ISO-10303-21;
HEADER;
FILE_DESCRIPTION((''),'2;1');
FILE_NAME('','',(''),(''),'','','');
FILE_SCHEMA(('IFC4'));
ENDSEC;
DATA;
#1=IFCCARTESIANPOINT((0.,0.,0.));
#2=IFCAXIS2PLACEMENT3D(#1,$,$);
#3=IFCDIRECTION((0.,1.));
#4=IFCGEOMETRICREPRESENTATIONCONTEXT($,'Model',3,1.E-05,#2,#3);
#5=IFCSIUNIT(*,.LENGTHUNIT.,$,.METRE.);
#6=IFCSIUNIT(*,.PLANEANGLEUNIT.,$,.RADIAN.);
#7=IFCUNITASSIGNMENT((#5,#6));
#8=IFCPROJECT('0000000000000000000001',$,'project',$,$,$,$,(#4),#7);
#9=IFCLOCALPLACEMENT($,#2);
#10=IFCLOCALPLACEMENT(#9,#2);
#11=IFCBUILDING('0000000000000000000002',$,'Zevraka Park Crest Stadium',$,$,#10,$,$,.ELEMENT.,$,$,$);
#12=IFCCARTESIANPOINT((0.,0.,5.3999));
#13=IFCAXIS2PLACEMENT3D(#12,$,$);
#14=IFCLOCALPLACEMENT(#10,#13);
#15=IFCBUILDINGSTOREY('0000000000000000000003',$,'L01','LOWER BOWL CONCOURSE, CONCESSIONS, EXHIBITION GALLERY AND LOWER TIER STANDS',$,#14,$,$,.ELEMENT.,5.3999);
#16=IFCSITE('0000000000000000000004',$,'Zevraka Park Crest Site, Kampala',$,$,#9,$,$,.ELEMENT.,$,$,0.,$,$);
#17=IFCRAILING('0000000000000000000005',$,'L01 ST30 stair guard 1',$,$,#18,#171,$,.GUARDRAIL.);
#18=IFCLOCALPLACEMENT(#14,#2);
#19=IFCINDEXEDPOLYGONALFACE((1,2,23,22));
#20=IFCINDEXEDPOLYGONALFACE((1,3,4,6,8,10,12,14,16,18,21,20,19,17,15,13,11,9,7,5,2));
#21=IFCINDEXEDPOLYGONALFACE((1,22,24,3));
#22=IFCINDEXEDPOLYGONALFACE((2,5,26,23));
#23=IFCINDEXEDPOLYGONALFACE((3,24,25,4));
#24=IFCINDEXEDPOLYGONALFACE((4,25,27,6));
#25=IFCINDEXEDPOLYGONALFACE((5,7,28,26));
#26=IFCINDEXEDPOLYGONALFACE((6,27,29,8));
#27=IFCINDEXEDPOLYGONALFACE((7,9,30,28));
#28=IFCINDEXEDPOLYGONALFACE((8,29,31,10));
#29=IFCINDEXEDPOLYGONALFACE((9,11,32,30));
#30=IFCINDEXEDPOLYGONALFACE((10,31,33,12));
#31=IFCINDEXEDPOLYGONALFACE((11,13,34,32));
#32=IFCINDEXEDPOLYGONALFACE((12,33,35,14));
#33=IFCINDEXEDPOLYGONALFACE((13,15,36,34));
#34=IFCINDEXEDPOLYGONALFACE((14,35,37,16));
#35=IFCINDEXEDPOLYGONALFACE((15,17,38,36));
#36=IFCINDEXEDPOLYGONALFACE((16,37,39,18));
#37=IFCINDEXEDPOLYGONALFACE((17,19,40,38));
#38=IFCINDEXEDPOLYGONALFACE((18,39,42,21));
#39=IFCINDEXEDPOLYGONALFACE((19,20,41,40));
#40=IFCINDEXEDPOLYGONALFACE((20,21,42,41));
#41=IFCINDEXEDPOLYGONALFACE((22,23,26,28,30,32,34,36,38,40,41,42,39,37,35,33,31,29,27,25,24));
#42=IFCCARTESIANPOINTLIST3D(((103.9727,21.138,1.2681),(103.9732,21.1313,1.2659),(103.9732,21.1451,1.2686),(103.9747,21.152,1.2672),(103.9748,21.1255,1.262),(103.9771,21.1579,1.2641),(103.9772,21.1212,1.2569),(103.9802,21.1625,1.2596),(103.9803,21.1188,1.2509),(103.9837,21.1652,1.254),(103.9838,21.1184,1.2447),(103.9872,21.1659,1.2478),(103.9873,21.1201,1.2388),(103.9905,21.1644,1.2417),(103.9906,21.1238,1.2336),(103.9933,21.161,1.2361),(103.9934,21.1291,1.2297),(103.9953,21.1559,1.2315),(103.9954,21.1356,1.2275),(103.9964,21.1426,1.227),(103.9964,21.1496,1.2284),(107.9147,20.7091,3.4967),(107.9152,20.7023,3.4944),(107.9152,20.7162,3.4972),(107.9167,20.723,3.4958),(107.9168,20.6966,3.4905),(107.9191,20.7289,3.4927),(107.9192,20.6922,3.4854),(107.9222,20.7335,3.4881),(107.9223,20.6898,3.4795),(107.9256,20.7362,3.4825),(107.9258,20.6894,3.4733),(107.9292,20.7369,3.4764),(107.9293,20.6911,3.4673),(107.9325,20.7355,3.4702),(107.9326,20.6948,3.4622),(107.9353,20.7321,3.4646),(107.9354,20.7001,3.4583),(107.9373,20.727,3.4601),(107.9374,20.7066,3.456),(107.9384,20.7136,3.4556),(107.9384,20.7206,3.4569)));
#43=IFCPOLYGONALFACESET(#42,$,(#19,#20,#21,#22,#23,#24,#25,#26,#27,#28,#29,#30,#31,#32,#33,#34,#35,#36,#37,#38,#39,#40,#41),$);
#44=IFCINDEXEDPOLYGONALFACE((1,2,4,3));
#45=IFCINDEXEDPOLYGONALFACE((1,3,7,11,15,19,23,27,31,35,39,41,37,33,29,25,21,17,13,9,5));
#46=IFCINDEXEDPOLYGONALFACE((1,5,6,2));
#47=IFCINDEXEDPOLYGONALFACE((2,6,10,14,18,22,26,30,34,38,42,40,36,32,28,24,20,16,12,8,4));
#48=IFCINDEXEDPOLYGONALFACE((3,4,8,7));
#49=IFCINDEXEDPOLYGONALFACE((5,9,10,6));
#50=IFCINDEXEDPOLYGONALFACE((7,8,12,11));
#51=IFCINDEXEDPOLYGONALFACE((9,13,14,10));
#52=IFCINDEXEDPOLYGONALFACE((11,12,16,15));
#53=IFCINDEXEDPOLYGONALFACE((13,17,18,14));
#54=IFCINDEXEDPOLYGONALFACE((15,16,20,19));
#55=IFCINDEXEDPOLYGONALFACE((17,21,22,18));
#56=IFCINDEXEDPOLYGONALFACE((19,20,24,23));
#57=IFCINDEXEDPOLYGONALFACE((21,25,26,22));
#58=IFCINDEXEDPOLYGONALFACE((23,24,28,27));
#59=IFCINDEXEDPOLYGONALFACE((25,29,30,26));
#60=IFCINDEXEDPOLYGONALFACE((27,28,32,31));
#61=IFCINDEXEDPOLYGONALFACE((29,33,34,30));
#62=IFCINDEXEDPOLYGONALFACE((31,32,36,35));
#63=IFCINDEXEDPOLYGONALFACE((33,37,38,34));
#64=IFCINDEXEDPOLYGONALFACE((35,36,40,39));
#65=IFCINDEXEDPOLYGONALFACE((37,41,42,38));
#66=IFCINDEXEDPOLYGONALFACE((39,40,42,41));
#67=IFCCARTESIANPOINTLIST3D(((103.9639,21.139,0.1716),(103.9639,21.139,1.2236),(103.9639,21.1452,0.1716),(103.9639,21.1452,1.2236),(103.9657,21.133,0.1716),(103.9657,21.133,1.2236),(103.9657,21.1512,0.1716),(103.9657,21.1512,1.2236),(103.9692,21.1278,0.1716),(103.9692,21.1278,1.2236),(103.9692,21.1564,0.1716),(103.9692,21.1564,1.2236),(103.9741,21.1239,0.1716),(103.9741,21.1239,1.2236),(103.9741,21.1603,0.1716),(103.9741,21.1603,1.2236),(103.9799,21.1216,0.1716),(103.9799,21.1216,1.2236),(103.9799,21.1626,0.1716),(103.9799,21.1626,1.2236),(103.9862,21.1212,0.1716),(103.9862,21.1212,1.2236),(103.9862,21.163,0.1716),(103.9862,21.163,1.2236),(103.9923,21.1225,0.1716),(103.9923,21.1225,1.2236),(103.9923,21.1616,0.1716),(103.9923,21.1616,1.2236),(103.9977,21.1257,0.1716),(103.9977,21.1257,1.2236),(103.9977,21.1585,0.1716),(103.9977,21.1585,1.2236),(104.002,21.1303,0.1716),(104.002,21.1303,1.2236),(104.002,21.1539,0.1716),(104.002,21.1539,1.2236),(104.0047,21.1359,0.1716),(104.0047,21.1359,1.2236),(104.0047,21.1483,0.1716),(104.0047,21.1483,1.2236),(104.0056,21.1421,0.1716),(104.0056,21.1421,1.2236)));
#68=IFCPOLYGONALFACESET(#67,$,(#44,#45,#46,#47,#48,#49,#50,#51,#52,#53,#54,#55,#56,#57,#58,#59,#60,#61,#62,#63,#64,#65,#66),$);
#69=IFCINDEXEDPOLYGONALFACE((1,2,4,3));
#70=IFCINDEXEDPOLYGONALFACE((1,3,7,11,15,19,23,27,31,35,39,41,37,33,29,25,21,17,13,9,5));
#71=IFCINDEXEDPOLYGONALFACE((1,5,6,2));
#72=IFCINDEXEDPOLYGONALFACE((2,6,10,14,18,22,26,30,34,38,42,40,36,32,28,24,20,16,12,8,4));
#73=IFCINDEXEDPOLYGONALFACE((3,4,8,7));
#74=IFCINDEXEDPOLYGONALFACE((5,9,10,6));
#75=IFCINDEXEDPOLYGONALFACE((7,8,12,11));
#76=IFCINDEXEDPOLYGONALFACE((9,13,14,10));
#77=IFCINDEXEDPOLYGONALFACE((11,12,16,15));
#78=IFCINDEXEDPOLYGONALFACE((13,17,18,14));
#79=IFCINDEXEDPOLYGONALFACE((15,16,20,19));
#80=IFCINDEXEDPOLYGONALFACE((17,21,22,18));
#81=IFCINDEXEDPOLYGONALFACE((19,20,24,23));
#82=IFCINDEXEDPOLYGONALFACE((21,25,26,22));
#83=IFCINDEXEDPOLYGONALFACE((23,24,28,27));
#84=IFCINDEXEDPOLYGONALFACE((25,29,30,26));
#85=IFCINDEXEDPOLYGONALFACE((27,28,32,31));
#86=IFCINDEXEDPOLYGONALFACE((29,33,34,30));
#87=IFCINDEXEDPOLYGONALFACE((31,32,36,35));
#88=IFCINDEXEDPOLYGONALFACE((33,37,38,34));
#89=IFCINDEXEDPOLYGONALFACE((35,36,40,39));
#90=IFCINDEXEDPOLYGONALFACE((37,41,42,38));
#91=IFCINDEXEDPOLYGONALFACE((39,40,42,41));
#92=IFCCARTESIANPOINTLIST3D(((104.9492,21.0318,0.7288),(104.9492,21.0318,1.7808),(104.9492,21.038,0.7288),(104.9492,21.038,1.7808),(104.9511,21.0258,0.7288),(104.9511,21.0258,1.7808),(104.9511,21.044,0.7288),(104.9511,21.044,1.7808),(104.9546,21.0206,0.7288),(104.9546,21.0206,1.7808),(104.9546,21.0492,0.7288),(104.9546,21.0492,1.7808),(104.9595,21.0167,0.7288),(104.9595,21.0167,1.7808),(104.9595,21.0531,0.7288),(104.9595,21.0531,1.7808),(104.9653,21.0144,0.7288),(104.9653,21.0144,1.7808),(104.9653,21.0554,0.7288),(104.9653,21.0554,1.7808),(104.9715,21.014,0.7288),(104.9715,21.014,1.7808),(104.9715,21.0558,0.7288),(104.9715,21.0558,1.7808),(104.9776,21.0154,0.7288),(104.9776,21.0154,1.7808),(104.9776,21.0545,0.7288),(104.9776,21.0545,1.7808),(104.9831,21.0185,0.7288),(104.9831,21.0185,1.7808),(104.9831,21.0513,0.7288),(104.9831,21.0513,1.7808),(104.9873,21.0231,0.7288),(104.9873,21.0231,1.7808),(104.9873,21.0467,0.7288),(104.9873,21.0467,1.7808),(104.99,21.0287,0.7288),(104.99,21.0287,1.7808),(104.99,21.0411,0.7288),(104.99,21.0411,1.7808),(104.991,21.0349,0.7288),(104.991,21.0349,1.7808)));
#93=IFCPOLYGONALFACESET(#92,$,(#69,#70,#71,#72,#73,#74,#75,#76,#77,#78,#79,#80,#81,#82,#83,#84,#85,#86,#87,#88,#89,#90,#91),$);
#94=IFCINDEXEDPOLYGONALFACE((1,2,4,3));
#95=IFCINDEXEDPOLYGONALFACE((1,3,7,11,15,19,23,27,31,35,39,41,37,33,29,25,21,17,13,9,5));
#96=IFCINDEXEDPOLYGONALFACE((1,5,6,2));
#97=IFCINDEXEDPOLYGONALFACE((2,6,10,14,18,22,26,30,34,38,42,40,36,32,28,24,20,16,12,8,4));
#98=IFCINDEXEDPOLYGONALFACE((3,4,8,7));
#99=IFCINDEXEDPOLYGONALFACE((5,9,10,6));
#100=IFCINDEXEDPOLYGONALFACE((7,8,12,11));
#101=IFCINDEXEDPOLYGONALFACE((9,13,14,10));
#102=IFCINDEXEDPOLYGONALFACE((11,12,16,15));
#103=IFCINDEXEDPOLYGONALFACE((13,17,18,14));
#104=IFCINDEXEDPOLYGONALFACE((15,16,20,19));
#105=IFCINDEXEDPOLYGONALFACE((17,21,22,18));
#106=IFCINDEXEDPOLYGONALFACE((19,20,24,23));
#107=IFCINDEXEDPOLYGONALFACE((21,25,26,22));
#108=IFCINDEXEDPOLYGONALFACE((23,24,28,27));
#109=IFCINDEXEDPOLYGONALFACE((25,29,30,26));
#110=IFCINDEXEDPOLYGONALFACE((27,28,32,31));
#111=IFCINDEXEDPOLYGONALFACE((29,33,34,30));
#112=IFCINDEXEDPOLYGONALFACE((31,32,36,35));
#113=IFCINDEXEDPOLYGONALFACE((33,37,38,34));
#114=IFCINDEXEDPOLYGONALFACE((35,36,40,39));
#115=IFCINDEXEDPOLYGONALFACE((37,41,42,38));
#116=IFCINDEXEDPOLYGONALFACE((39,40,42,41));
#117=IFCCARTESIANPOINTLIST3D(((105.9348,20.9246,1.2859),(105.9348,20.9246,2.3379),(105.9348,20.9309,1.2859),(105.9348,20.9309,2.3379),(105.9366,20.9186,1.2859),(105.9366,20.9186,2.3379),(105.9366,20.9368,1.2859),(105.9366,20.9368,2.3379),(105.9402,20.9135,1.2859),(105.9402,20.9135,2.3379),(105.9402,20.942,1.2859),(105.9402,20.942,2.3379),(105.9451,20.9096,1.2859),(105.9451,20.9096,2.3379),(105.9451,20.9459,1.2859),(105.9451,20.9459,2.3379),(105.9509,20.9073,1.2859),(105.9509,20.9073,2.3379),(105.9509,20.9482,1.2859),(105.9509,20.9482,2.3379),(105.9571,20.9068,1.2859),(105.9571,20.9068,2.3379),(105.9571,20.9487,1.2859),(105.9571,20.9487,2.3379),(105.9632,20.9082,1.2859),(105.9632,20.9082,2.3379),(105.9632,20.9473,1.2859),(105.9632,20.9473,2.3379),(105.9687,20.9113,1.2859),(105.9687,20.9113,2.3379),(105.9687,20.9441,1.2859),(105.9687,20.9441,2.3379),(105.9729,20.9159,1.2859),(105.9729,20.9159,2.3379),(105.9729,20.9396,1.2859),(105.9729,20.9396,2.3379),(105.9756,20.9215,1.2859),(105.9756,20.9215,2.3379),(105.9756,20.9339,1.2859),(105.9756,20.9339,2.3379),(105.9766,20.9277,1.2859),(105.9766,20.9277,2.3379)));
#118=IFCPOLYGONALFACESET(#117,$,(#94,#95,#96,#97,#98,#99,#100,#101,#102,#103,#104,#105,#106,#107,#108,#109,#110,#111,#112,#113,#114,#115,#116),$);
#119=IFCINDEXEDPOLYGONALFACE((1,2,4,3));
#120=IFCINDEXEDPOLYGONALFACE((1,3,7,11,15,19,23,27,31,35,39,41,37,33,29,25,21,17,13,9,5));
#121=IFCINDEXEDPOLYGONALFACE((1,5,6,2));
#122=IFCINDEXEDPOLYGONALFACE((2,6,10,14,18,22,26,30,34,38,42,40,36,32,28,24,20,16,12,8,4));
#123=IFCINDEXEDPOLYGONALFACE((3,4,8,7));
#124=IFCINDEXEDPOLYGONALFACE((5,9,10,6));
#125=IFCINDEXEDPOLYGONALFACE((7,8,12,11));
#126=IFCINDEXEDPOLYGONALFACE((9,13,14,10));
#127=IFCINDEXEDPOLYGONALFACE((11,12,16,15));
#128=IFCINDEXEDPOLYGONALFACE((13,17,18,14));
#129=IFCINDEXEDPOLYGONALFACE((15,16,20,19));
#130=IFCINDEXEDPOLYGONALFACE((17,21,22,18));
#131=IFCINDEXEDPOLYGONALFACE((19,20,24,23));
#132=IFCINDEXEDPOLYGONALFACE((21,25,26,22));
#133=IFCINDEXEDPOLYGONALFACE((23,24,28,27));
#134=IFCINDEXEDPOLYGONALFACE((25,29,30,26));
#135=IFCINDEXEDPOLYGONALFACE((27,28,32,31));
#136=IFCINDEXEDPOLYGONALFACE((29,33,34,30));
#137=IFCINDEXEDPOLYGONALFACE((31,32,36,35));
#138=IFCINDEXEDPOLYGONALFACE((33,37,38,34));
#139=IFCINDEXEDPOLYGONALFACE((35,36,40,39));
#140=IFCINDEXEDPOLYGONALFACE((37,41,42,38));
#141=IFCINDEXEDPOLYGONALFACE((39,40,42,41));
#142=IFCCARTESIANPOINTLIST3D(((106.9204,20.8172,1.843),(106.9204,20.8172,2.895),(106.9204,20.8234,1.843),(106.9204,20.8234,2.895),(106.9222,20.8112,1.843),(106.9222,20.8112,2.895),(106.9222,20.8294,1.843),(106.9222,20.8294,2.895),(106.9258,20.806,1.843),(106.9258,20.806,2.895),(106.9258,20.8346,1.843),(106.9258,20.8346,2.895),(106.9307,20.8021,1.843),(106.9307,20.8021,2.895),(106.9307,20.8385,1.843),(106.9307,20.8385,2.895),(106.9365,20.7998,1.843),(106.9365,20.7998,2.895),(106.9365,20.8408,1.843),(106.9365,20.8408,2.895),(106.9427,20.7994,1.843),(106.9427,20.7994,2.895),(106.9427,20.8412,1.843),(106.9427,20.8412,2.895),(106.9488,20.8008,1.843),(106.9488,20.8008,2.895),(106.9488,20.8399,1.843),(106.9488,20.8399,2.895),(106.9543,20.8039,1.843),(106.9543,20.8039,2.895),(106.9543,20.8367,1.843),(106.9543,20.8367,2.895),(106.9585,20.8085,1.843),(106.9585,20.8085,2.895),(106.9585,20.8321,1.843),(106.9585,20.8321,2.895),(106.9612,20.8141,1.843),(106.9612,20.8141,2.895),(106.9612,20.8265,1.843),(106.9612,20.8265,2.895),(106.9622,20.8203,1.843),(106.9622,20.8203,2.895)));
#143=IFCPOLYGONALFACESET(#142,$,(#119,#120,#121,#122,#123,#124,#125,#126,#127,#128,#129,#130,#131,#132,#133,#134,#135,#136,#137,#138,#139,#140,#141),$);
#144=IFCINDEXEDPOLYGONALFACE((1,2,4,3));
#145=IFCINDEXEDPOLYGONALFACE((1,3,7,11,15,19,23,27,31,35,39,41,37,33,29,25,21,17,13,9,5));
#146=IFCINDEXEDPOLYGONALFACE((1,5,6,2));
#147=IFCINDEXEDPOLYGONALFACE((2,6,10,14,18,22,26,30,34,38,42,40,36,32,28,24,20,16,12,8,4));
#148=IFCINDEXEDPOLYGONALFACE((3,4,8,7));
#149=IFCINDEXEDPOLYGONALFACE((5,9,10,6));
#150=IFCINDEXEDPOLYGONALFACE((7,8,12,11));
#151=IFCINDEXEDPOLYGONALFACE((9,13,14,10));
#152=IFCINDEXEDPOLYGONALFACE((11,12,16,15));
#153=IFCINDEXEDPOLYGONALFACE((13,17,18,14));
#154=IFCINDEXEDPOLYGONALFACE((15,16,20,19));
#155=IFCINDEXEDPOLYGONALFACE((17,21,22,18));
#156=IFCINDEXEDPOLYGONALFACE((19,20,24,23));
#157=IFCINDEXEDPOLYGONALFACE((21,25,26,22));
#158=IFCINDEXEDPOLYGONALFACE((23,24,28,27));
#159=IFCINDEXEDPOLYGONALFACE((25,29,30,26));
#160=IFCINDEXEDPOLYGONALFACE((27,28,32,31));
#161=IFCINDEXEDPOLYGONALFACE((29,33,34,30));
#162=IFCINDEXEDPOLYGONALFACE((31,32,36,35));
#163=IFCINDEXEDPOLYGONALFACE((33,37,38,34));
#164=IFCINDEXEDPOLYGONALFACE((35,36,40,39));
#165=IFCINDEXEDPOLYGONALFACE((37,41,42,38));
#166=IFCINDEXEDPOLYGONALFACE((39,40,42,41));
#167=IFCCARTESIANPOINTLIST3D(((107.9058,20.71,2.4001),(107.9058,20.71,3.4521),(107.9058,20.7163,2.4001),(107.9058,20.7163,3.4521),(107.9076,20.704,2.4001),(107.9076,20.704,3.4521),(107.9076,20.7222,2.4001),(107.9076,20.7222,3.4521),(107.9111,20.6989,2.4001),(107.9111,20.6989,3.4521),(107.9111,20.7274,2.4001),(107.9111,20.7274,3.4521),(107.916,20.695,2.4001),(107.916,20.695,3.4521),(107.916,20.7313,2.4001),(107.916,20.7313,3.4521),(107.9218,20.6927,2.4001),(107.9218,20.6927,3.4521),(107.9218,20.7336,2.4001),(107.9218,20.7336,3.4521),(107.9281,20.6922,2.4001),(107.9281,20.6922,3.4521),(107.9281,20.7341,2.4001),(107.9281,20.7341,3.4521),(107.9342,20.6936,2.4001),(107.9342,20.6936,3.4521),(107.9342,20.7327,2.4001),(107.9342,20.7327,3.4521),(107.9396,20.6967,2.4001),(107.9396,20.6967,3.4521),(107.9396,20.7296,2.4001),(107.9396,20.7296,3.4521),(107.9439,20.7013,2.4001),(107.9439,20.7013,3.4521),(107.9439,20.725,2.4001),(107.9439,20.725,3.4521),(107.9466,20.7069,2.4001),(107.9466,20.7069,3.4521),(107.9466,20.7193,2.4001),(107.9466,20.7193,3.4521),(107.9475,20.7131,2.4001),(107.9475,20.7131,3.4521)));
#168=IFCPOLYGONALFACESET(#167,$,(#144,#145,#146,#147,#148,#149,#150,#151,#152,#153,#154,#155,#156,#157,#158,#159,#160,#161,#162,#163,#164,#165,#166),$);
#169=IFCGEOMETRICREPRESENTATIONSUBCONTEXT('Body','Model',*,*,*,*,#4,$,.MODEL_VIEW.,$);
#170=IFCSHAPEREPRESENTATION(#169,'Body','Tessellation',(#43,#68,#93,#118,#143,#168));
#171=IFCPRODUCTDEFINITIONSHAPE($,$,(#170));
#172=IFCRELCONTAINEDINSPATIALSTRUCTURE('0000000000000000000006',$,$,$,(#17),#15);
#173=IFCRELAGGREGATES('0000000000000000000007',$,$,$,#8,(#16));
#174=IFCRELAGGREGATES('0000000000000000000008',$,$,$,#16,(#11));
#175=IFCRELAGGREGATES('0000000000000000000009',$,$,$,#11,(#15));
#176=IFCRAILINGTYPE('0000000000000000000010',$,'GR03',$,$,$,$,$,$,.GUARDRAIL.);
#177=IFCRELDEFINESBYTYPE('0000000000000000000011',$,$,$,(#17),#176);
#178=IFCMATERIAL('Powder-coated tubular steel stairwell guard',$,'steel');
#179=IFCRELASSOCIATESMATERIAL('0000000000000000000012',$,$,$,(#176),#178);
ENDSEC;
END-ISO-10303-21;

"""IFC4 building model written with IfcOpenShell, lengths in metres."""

from ifc_helpers import new_model, si_unit, direction, frame, origin, origin_2d, place, context, subcontext, project, spatial, circle, extrude, material, type_object, element, save


model = new_model("IFC4")

# Units and contexts
model_context = context("Model", 3, precision=1e-05, world=origin(), true_north=direction((0.0, 1.0)))
body_context = subcontext(model_context, "Body", "Model", "MODEL_VIEW")
ifc_project = project(units=[si_unit("LENGTHUNIT", "METRE"), si_unit("PLANEANGLEUNIT", "RADIAN")], contexts=[model_context])

# Site, building, storey
site_placement = place(None, origin())
site = spatial("IfcSite", under=ifc_project, at=site_placement, Name="Zevraka Park Crest Site, Kampala", CompositionType="ELEMENT", RefElevation=0.0)
building_placement = place(site_placement, origin())
building = spatial("IfcBuilding", under=site, at=building_placement, Name="Zevraka Park Crest Stadium", CompositionType="ELEMENT")
storey_placement = place(building_placement, frame((0.0, 0.0, 5.3999)))
storey = spatial("IfcBuildingStorey", under=building, at=storey_placement, Name="L01", Description="LOWER BOWL CONCOURSE, CONCESSIONS, EXHIBITION GALLERY AND LOWER TIER STANDS", CompositionType="ELEMENT", Elevation=5.3999)

# Railing
ifc_material_1 = material(Name="Powder-coated tubular steel stairwell guard", Category="steel")
railing_type_1 = type_object("IfcRailingType", Name="GR03", PredefinedType="GUARDRAIL", material=ifc_material_1)
railing_1_placement = place(storey_placement, frame((103.9846, 21.1421, 0.1716)))
element("IfcRailing", 1, at=railing_1_placement, inside=storey, type_object=railing_type_1, Name="L01 ST30 stair guard 1", PredefinedType="GUARDRAIL", context=body_context, shape_type="SweptSolid", body=[
    extrude(circle(Radius=0.0239, at=origin_2d()), frame((0.0, 0.0, 1.0762), z_axis=(0.866637, -0.094307, 0.489946), x_axis=(0.108181, 0.994131, 0.0)), (0.0, 0.0, 1.0), 4.5486),
    extrude(circle(Radius=0.021, at=origin_2d()), origin(), (0.0, 0.0, 1.0), 1.052),
    extrude(circle(Radius=0.021, at=origin_2d()), frame((0.9854, -0.1072, 0.5571)), (0.0, 0.0, 1.0), 1.052),
    extrude(circle(Radius=0.021, at=origin_2d()), frame((1.9709, -0.2144, 1.1143)), (0.0, 0.0, 1.0), 1.052),
    extrude(circle(Radius=0.021, at=origin_2d()), frame((2.9565, -0.3218, 1.6714)), (0.0, 0.0, 1.0), 1.052),
    extrude(circle(Radius=0.021, at=origin_2d()), frame((3.9419, -0.429, 2.2285)), (0.0, 0.0, 1.0), 1.052),
])

save(model, "model.ifc")
